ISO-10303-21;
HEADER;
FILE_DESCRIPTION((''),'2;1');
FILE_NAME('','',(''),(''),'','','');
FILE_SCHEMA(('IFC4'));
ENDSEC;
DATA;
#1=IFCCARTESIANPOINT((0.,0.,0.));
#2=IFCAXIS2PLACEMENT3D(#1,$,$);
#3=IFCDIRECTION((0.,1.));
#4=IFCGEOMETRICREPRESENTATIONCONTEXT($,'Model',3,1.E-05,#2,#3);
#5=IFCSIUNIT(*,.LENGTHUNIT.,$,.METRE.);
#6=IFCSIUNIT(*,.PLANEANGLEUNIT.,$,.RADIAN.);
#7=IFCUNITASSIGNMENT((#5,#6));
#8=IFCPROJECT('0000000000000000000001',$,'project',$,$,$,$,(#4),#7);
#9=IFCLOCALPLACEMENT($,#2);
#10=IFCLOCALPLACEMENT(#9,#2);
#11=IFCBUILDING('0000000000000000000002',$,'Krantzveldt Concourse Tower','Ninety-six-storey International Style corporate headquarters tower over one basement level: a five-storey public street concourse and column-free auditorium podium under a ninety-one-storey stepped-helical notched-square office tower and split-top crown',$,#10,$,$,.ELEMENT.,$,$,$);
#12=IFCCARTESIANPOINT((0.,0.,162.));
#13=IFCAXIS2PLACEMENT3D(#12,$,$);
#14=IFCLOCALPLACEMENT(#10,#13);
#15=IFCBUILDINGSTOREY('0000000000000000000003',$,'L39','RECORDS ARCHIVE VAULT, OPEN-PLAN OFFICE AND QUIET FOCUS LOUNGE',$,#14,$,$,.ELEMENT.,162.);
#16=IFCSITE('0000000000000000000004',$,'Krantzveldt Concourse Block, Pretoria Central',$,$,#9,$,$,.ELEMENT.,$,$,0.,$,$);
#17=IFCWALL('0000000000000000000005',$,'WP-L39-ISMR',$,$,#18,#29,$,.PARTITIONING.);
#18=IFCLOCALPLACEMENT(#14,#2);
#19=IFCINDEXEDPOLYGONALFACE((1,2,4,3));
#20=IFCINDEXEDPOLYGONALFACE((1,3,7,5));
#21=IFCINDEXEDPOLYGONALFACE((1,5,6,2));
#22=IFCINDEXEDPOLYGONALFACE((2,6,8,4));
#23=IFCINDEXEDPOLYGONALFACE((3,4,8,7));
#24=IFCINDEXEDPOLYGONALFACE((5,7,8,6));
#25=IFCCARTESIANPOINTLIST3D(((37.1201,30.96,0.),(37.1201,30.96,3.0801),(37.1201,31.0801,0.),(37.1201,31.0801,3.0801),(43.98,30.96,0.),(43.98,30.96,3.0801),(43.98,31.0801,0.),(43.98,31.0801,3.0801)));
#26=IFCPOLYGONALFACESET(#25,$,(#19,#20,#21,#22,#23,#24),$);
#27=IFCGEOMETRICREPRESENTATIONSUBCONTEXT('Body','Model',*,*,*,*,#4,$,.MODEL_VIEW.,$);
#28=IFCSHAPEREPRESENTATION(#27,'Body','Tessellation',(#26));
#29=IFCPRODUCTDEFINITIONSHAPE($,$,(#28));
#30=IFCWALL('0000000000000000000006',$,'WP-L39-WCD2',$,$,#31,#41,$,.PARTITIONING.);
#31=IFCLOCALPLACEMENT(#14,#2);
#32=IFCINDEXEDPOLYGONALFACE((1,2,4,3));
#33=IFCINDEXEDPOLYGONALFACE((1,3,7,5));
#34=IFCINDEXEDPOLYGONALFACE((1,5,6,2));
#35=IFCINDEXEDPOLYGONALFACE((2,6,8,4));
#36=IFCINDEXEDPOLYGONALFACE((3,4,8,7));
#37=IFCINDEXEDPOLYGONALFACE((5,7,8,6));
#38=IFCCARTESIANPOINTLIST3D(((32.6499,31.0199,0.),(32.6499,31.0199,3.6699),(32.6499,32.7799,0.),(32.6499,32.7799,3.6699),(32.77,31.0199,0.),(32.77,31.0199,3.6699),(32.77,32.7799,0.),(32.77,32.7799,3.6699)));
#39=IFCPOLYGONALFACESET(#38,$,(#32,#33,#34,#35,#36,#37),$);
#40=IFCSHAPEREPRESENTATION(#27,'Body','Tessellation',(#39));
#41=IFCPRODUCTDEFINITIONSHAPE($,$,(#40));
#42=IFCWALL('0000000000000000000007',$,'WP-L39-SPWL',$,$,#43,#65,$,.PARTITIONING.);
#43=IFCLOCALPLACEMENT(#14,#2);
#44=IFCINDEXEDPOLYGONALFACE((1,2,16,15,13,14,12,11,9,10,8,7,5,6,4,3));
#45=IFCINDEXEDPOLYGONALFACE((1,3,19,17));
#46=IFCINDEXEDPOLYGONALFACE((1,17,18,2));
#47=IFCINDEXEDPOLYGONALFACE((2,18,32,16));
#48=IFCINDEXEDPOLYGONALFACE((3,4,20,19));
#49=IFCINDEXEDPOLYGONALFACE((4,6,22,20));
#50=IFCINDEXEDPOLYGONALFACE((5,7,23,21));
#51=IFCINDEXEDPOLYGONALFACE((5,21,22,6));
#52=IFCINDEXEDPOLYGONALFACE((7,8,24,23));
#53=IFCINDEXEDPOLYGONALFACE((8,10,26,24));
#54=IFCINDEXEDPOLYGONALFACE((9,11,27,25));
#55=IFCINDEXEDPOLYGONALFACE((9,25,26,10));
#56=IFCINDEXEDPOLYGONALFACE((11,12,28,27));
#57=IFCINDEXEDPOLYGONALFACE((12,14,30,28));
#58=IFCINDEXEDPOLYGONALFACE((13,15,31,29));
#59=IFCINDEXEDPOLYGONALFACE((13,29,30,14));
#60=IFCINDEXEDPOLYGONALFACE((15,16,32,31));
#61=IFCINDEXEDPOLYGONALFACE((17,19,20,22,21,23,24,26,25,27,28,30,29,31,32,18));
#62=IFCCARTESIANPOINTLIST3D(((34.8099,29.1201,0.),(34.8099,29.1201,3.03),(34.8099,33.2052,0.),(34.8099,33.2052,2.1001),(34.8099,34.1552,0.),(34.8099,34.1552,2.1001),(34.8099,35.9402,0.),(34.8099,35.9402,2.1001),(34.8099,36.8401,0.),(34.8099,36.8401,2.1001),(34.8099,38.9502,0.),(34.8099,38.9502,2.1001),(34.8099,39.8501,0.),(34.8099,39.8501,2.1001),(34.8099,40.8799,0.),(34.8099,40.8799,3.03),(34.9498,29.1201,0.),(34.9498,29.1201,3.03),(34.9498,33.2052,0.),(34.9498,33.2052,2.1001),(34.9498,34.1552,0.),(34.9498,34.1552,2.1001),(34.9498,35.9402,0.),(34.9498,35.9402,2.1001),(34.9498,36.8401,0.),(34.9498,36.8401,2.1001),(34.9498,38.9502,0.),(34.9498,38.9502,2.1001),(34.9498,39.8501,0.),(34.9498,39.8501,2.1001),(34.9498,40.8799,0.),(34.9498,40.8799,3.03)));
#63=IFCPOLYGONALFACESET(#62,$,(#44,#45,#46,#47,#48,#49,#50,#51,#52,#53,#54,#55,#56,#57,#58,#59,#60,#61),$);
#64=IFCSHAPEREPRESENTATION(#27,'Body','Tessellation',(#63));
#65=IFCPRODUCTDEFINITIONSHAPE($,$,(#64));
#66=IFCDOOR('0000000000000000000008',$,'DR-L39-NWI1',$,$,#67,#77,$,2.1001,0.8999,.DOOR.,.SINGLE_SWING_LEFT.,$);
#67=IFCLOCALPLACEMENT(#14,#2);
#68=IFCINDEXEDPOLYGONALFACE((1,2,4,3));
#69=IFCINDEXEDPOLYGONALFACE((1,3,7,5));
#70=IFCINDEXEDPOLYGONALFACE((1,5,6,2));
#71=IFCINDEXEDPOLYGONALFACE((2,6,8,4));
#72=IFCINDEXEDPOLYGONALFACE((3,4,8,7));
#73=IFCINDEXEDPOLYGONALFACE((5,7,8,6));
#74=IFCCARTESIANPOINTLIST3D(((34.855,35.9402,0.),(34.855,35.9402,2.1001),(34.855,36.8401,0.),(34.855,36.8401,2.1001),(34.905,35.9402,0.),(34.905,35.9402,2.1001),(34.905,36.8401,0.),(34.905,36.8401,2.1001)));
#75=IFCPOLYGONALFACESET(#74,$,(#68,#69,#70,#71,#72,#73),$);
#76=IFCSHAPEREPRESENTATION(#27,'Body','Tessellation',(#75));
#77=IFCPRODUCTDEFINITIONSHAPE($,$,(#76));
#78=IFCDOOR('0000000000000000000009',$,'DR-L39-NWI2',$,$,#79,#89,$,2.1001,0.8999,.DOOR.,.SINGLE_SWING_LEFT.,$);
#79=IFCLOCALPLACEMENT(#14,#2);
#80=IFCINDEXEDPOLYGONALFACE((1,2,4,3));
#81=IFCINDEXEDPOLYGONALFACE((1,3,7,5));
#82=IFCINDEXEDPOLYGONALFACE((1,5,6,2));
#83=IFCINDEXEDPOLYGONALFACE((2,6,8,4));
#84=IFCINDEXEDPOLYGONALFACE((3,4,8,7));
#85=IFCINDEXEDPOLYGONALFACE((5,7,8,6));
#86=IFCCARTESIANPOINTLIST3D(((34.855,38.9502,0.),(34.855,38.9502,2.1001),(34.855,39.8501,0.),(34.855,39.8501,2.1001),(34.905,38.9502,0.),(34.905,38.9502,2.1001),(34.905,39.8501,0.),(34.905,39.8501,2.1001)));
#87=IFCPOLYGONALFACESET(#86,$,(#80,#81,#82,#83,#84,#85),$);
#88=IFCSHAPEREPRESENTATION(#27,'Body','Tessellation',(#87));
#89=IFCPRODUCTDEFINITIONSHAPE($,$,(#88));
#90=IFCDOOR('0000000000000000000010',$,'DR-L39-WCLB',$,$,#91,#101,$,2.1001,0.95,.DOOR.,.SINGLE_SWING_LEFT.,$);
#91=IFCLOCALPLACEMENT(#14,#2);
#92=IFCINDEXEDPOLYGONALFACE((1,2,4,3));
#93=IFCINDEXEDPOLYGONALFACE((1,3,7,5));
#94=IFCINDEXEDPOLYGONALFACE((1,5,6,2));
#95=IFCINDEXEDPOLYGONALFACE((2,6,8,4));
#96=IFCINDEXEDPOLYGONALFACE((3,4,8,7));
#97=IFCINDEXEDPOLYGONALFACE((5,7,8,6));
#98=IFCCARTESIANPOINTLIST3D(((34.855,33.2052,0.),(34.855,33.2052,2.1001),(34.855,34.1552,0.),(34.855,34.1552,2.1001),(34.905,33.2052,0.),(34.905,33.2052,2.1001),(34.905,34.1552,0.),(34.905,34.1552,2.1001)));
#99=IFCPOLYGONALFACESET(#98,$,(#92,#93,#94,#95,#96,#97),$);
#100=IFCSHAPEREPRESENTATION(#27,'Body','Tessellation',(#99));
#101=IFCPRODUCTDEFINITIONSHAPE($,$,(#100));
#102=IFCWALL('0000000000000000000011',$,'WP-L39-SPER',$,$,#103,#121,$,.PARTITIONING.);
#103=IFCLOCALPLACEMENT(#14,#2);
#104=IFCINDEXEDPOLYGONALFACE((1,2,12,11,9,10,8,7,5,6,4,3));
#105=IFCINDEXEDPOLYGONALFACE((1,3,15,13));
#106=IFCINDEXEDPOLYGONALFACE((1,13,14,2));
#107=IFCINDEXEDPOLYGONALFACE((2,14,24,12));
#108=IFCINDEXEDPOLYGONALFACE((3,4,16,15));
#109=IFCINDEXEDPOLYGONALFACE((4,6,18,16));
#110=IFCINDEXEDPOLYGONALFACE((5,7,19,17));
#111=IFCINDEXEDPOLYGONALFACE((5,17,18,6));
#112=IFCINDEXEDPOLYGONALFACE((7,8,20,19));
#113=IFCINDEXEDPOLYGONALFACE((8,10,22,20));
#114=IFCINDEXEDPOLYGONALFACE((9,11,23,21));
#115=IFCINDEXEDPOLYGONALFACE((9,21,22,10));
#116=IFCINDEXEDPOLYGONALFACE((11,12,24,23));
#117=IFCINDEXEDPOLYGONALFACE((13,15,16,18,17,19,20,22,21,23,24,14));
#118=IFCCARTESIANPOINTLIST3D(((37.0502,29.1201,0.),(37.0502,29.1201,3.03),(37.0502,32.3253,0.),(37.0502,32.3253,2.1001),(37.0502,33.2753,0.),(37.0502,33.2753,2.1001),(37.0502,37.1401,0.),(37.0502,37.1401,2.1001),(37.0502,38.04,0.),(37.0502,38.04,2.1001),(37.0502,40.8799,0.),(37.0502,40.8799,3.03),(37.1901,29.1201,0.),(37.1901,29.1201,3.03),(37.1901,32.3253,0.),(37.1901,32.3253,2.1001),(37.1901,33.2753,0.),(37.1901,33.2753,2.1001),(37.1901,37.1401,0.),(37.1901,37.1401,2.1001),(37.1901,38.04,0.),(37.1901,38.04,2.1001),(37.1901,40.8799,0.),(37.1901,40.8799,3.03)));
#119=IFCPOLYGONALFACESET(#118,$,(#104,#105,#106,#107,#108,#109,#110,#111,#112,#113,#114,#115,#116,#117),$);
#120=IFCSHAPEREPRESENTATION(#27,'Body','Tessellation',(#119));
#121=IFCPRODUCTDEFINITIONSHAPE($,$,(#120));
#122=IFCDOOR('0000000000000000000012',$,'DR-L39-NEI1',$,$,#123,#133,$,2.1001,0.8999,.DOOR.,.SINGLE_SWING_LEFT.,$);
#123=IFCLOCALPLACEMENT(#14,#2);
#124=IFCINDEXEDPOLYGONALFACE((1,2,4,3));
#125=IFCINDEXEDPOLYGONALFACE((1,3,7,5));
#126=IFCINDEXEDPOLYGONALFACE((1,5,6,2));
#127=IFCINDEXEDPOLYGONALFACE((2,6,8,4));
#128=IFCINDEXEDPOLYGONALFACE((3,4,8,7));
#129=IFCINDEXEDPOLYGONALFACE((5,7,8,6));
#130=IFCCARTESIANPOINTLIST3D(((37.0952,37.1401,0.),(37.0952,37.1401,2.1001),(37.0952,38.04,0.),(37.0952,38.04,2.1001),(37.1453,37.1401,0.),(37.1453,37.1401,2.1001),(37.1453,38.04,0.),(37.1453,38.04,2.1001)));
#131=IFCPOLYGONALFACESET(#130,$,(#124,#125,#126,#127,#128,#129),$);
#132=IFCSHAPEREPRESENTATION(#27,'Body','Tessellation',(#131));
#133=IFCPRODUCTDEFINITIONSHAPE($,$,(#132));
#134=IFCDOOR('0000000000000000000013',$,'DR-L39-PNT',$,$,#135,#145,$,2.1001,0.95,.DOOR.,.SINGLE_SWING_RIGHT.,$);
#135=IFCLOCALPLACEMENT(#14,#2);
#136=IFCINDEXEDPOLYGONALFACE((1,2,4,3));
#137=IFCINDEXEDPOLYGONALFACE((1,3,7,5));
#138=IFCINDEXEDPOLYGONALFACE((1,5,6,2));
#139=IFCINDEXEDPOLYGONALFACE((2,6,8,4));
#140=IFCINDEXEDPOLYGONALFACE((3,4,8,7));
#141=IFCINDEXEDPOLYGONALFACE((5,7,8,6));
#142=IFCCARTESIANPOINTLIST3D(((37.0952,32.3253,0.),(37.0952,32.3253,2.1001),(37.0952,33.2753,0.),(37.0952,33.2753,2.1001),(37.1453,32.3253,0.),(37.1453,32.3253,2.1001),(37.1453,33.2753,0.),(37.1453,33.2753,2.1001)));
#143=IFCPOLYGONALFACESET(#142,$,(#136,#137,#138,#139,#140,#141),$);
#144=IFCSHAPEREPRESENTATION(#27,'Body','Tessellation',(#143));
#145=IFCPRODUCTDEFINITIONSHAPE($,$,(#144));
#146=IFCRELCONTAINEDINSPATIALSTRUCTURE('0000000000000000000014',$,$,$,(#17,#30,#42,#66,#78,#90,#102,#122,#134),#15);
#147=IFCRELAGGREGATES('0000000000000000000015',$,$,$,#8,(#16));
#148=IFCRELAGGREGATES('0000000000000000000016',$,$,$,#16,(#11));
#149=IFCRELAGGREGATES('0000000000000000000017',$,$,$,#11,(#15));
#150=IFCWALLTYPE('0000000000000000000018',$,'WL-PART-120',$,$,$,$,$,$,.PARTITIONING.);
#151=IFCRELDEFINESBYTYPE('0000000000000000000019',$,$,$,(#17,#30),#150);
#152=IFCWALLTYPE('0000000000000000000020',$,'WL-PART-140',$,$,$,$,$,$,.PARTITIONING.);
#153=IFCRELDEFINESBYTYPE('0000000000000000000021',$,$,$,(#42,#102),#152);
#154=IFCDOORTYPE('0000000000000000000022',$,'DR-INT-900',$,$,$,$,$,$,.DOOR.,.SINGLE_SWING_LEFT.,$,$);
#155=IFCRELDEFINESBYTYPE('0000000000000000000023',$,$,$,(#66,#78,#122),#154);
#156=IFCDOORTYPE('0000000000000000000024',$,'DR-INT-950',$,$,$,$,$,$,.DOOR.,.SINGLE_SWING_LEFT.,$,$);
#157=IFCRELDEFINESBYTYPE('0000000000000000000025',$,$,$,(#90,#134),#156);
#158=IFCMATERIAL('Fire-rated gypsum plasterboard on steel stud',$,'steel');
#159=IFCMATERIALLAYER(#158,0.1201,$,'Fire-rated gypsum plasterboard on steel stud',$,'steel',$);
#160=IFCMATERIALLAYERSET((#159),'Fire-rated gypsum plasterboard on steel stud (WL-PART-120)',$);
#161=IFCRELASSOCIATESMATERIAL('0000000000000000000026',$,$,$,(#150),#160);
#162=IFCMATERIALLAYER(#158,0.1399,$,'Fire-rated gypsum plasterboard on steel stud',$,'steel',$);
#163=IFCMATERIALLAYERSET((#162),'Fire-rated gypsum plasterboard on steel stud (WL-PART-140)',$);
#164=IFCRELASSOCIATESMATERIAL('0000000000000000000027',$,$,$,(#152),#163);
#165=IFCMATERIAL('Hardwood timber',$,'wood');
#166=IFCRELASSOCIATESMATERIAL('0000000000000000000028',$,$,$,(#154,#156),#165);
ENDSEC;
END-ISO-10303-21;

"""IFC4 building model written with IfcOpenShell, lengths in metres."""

from ifc_helpers import new_model, si_unit, direction, frame, frame_2d, origin, place, context, subcontext, project, spatial, rectangle, extrude, material, layer, layer_set, type_object, element, fill, save


model = new_model("IFC4")

# Units and contexts
model_context = context("Model", 3, precision=1e-05, world=origin(), true_north=direction((0.0, 1.0)))
body_context = subcontext(model_context, "Body", "Model", "MODEL_VIEW")
ifc_project = project(units=[si_unit("LENGTHUNIT", "METRE"), si_unit("PLANEANGLEUNIT", "RADIAN")], contexts=[model_context])

# Site, building, storey
site_placement = place(None, origin())
site = spatial("IfcSite", under=ifc_project, at=site_placement, Name="Krantzveldt Concourse Block, Pretoria Central", CompositionType="ELEMENT", RefElevation=0.0)
building_placement = place(site_placement, origin())
building = spatial("IfcBuilding", under=site, at=building_placement, Name="Krantzveldt Concourse Tower", Description="Ninety-six-storey International Style corporate headquarters tower over one basement level: a five-storey public street concourse and column-free auditorium podium under a ninety-one-storey stepped-helical notched-square office tower and split-top crown", CompositionType="ELEMENT")
storey_placement = place(building_placement, frame((0.0, 0.0, 162.0)))
storey = spatial("IfcBuildingStorey", under=building, at=storey_placement, Name="L39", Description="RECORDS ARCHIVE VAULT, OPEN-PLAN OFFICE AND QUIET FOCUS LOUNGE", CompositionType="ELEMENT", Elevation=162.0)

# Walls
ifc_material_1 = material(Name="Fire-rated gypsum plasterboard on steel stud", Category="steel")
ifc_layer_1 = layer(ifc_material_1, 0.1201, Name="Fire-rated gypsum plasterboard on steel stud", Category="steel")
ifc_layer_set_1 = layer_set([ifc_layer_1], Name="Fire-rated gypsum plasterboard on steel stud (WL-PART-120)")
wall_type_1 = type_object("IfcWallType", Name="WL-PART-120", PredefinedType="PARTITIONING", material=ifc_layer_set_1)
wall_1_placement = place(storey_placement, frame((37.1201, 31.02, 0.0), z_axis=(0.0, 0.0, 1.0), x_axis=(1.0, 0.0, 0.0)))
element("IfcWall", 1, at=wall_1_placement, inside=storey, type_object=wall_type_1, Name="WP-L39-ISMR", PredefinedType="PARTITIONING", context=body_context, shape_type="SweptSolid", body=[
    extrude(rectangle(XDim=6.8599, YDim=0.1201, at=frame_2d((3.4299, 0.0))), origin(), (0.0, 0.0, 1.0), 3.0801),
])
wall_2_placement = place(storey_placement, frame((32.71, 31.02, 0.0), z_axis=(0.0, 0.0, 1.0), x_axis=(0.0, 1.0, 0.0)))
element("IfcWall", 2, at=wall_2_placement, inside=storey, type_object=wall_type_1, Name="WP-L39-WCD2", PredefinedType="PARTITIONING", context=body_context, shape_type="SweptSolid", body=[
    extrude(rectangle(XDim=1.76, YDim=0.1201, at=frame_2d((0.8799, 0.0))), origin(), (0.0, 0.0, 1.0), 3.6699),
])

# Walls, openings, doors
ifc_layer_2 = layer(ifc_material_1, 0.1399, Name="Fire-rated gypsum plasterboard on steel stud", Category="steel")
ifc_layer_set_2 = layer_set([ifc_layer_2], Name="Fire-rated gypsum plasterboard on steel stud (WL-PART-140)")
wall_type_2 = type_object("IfcWallType", Name="WL-PART-140", PredefinedType="PARTITIONING", material=ifc_layer_set_2)
wall_3_placement = place(storey_placement, frame((34.8799, 29.1201, 0.0), z_axis=(0.0, 0.0, 1.0), x_axis=(0.0, 1.0, 0.0)))
wall_3 = element("IfcWall", 3, at=wall_3_placement, inside=storey, type_object=wall_type_2, Name="WP-L39-SPWL", PredefinedType="PARTITIONING", context=body_context, shape_type="SweptSolid", body=[
    extrude(rectangle(XDim=11.7598, YDim=0.1399, at=frame_2d((5.8799, 0.0))), origin(), (0.0, 0.0, 1.0), 3.03),
])
opening_1_placement = place(wall_3_placement, frame((4.085, 0.0, 0.0)))
opening_1 = element("IfcOpeningElement", 4, at=opening_1_placement, cuts=wall_3, PredefinedType="OPENING", context=body_context, shape_type="SweptSolid", body=[
    extrude(rectangle(XDim=0.95, YDim=2.1001, at=frame_2d((0.4751, 1.05))), frame((0.0, 0.0801, 0.0), z_axis=(0.0, -1.0, 0.0), x_axis=(1.0, 0.0, 0.0)), (0.0, 0.0, 1.0), 0.1599),
])
opening_2_placement = place(wall_3_placement, frame((6.8201, 0.0, 0.0)))
opening_2 = element("IfcOpeningElement", 5, at=opening_2_placement, cuts=wall_3, PredefinedType="OPENING", context=body_context, shape_type="SweptSolid", body=[
    extrude(rectangle(XDim=0.8999, YDim=2.1001, at=frame_2d((0.45, 1.05))), frame((0.0, 0.0801, 0.0), z_axis=(0.0, -1.0, 0.0), x_axis=(1.0, 0.0, 0.0)), (0.0, 0.0, 1.0), 0.1599),
])
opening_3_placement = place(wall_3_placement, frame((9.8301, 0.0, 0.0)))
opening_3 = element("IfcOpeningElement", 6, at=opening_3_placement, cuts=wall_3, PredefinedType="OPENING", context=body_context, shape_type="SweptSolid", body=[
    extrude(rectangle(XDim=0.8999, YDim=2.1001, at=frame_2d((0.45, 1.05))), frame((0.0, 0.0801, 0.0), z_axis=(0.0, -1.0, 0.0), x_axis=(1.0, 0.0, 0.0)), (0.0, 0.0, 1.0), 0.1599),
])
ifc_material_2 = material(Name="Hardwood timber", Category="wood")
door_type_1 = type_object("IfcDoorType", Name="DR-INT-900", OperationType="SINGLE_SWING_LEFT", PredefinedType="DOOR", material=ifc_material_2)
door_1_placement = place(opening_2_placement, origin())
door_1 = element("IfcDoor", 7, at=door_1_placement, inside=storey, type_object=door_type_1, Name="DR-L39-NWI1", OperationType="SINGLE_SWING_LEFT", OverallHeight=2.1001, OverallWidth=0.8999, PredefinedType="DOOR", context=body_context, shape_type="SweptSolid", body=[
    extrude(rectangle(XDim=0.8999, YDim=2.1001, at=frame_2d((0.45, 1.05))), frame((0.0, 0.0249, 0.0), z_axis=(0.0, -1.0, 0.0), x_axis=(1.0, 0.0, 0.0)), (0.0, 0.0, 1.0), 0.05),
])
fill(opening_2, door_1)
door_2_placement = place(opening_3_placement, origin())
door_2 = element("IfcDoor", 8, at=door_2_placement, inside=storey, type_object=door_type_1, Name="DR-L39-NWI2", OperationType="SINGLE_SWING_LEFT", OverallHeight=2.1001, OverallWidth=0.8999, PredefinedType="DOOR", context=body_context, shape_type="SweptSolid", body=[
    extrude(rectangle(XDim=0.8999, YDim=2.1001, at=frame_2d((0.45, 1.05))), frame((0.0, 0.0249, 0.0), z_axis=(0.0, -1.0, 0.0), x_axis=(1.0, 0.0, 0.0)), (0.0, 0.0, 1.0), 0.05),
])
fill(opening_3, door_2)
door_type_2 = type_object("IfcDoorType", Name="DR-INT-950", OperationType="SINGLE_SWING_LEFT", PredefinedType="DOOR", material=ifc_material_2)
door_3_placement = place(opening_1_placement, origin())
door_3 = element("IfcDoor", 9, at=door_3_placement, inside=storey, type_object=door_type_2, Name="DR-L39-WCLB", OperationType="SINGLE_SWING_LEFT", OverallHeight=2.1001, OverallWidth=0.95, PredefinedType="DOOR", context=body_context, shape_type="SweptSolid", body=[
    extrude(rectangle(XDim=0.95, YDim=2.1001, at=frame_2d((0.4751, 1.05))), frame((0.0, 0.0249, 0.0), z_axis=(0.0, -1.0, 0.0), x_axis=(1.0, 0.0, 0.0)), (0.0, 0.0, 1.0), 0.05),
])
fill(opening_1, door_3)
wall_4_placement = place(storey_placement, frame((37.1201, 29.1201, 0.0), z_axis=(0.0, 0.0, 1.0), x_axis=(0.0, 1.0, 0.0)))
wall_4 = element("IfcWall", 10, at=wall_4_placement, inside=storey, type_object=wall_type_2, Name="WP-L39-SPER", PredefinedType="PARTITIONING", context=body_context, shape_type="SweptSolid", body=[
    extrude(rectangle(XDim=11.7598, YDim=0.1399, at=frame_2d((5.8799, 0.0))), origin(), (0.0, 0.0, 1.0), 3.03),
])
opening_4_placement = place(wall_4_placement, frame((3.2051, 0.0, 0.0)))
opening_4 = element("IfcOpeningElement", 11, at=opening_4_placement, cuts=wall_4, PredefinedType="OPENING", context=body_context, shape_type="SweptSolid", body=[
    extrude(rectangle(XDim=0.95, YDim=2.1001, at=frame_2d((0.4751, 1.05))), frame((0.0, 0.0801, 0.0), z_axis=(0.0, -1.0, 0.0), x_axis=(1.0, 0.0, 0.0)), (0.0, 0.0, 1.0), 0.1599),
])
opening_5_placement = place(wall_4_placement, frame((8.02, 0.0, 0.0)))
opening_5 = element("IfcOpeningElement", 12, at=opening_5_placement, cuts=wall_4, PredefinedType="OPENING", context=body_context, shape_type="SweptSolid", body=[
    extrude(rectangle(XDim=0.8999, YDim=2.1001, at=frame_2d((0.45, 1.05))), frame((0.0, 0.0801, 0.0), z_axis=(0.0, -1.0, 0.0), x_axis=(1.0, 0.0, 0.0)), (0.0, 0.0, 1.0), 0.1599),
])
door_4_placement = place(opening_5_placement, origin())
door_4 = element("IfcDoor", 13, at=door_4_placement, inside=storey, type_object=door_type_1, Name="DR-L39-NEI1", OperationType="SINGLE_SWING_LEFT", OverallHeight=2.1001, OverallWidth=0.8999, PredefinedType="DOOR", context=body_context, shape_type="SweptSolid", body=[
    extrude(rectangle(XDim=0.8999, YDim=2.1001, at=frame_2d((0.45, 1.05))), frame((0.0, 0.0249, 0.0), z_axis=(0.0, -1.0, 0.0), x_axis=(1.0, 0.0, 0.0)), (0.0, 0.0, 1.0), 0.05),
])
fill(opening_5, door_4)
door_5_placement = place(opening_4_placement, origin())
door_5 = element("IfcDoor", 14, at=door_5_placement, inside=storey, type_object=door_type_2, Name="DR-L39-PNT", OperationType="SINGLE_SWING_RIGHT", OverallHeight=2.1001, OverallWidth=0.95, PredefinedType="DOOR", context=body_context, shape_type="SweptSolid", body=[
    extrude(rectangle(XDim=0.95, YDim=2.1001, at=frame_2d((0.4751, 1.05))), frame((0.0, 0.0249, 0.0), z_axis=(0.0, -1.0, 0.0), x_axis=(1.0, 0.0, 0.0)), (0.0, 0.0, 1.0), 0.05),
])
fill(opening_4, door_5)

save(model, "model.ifc")
